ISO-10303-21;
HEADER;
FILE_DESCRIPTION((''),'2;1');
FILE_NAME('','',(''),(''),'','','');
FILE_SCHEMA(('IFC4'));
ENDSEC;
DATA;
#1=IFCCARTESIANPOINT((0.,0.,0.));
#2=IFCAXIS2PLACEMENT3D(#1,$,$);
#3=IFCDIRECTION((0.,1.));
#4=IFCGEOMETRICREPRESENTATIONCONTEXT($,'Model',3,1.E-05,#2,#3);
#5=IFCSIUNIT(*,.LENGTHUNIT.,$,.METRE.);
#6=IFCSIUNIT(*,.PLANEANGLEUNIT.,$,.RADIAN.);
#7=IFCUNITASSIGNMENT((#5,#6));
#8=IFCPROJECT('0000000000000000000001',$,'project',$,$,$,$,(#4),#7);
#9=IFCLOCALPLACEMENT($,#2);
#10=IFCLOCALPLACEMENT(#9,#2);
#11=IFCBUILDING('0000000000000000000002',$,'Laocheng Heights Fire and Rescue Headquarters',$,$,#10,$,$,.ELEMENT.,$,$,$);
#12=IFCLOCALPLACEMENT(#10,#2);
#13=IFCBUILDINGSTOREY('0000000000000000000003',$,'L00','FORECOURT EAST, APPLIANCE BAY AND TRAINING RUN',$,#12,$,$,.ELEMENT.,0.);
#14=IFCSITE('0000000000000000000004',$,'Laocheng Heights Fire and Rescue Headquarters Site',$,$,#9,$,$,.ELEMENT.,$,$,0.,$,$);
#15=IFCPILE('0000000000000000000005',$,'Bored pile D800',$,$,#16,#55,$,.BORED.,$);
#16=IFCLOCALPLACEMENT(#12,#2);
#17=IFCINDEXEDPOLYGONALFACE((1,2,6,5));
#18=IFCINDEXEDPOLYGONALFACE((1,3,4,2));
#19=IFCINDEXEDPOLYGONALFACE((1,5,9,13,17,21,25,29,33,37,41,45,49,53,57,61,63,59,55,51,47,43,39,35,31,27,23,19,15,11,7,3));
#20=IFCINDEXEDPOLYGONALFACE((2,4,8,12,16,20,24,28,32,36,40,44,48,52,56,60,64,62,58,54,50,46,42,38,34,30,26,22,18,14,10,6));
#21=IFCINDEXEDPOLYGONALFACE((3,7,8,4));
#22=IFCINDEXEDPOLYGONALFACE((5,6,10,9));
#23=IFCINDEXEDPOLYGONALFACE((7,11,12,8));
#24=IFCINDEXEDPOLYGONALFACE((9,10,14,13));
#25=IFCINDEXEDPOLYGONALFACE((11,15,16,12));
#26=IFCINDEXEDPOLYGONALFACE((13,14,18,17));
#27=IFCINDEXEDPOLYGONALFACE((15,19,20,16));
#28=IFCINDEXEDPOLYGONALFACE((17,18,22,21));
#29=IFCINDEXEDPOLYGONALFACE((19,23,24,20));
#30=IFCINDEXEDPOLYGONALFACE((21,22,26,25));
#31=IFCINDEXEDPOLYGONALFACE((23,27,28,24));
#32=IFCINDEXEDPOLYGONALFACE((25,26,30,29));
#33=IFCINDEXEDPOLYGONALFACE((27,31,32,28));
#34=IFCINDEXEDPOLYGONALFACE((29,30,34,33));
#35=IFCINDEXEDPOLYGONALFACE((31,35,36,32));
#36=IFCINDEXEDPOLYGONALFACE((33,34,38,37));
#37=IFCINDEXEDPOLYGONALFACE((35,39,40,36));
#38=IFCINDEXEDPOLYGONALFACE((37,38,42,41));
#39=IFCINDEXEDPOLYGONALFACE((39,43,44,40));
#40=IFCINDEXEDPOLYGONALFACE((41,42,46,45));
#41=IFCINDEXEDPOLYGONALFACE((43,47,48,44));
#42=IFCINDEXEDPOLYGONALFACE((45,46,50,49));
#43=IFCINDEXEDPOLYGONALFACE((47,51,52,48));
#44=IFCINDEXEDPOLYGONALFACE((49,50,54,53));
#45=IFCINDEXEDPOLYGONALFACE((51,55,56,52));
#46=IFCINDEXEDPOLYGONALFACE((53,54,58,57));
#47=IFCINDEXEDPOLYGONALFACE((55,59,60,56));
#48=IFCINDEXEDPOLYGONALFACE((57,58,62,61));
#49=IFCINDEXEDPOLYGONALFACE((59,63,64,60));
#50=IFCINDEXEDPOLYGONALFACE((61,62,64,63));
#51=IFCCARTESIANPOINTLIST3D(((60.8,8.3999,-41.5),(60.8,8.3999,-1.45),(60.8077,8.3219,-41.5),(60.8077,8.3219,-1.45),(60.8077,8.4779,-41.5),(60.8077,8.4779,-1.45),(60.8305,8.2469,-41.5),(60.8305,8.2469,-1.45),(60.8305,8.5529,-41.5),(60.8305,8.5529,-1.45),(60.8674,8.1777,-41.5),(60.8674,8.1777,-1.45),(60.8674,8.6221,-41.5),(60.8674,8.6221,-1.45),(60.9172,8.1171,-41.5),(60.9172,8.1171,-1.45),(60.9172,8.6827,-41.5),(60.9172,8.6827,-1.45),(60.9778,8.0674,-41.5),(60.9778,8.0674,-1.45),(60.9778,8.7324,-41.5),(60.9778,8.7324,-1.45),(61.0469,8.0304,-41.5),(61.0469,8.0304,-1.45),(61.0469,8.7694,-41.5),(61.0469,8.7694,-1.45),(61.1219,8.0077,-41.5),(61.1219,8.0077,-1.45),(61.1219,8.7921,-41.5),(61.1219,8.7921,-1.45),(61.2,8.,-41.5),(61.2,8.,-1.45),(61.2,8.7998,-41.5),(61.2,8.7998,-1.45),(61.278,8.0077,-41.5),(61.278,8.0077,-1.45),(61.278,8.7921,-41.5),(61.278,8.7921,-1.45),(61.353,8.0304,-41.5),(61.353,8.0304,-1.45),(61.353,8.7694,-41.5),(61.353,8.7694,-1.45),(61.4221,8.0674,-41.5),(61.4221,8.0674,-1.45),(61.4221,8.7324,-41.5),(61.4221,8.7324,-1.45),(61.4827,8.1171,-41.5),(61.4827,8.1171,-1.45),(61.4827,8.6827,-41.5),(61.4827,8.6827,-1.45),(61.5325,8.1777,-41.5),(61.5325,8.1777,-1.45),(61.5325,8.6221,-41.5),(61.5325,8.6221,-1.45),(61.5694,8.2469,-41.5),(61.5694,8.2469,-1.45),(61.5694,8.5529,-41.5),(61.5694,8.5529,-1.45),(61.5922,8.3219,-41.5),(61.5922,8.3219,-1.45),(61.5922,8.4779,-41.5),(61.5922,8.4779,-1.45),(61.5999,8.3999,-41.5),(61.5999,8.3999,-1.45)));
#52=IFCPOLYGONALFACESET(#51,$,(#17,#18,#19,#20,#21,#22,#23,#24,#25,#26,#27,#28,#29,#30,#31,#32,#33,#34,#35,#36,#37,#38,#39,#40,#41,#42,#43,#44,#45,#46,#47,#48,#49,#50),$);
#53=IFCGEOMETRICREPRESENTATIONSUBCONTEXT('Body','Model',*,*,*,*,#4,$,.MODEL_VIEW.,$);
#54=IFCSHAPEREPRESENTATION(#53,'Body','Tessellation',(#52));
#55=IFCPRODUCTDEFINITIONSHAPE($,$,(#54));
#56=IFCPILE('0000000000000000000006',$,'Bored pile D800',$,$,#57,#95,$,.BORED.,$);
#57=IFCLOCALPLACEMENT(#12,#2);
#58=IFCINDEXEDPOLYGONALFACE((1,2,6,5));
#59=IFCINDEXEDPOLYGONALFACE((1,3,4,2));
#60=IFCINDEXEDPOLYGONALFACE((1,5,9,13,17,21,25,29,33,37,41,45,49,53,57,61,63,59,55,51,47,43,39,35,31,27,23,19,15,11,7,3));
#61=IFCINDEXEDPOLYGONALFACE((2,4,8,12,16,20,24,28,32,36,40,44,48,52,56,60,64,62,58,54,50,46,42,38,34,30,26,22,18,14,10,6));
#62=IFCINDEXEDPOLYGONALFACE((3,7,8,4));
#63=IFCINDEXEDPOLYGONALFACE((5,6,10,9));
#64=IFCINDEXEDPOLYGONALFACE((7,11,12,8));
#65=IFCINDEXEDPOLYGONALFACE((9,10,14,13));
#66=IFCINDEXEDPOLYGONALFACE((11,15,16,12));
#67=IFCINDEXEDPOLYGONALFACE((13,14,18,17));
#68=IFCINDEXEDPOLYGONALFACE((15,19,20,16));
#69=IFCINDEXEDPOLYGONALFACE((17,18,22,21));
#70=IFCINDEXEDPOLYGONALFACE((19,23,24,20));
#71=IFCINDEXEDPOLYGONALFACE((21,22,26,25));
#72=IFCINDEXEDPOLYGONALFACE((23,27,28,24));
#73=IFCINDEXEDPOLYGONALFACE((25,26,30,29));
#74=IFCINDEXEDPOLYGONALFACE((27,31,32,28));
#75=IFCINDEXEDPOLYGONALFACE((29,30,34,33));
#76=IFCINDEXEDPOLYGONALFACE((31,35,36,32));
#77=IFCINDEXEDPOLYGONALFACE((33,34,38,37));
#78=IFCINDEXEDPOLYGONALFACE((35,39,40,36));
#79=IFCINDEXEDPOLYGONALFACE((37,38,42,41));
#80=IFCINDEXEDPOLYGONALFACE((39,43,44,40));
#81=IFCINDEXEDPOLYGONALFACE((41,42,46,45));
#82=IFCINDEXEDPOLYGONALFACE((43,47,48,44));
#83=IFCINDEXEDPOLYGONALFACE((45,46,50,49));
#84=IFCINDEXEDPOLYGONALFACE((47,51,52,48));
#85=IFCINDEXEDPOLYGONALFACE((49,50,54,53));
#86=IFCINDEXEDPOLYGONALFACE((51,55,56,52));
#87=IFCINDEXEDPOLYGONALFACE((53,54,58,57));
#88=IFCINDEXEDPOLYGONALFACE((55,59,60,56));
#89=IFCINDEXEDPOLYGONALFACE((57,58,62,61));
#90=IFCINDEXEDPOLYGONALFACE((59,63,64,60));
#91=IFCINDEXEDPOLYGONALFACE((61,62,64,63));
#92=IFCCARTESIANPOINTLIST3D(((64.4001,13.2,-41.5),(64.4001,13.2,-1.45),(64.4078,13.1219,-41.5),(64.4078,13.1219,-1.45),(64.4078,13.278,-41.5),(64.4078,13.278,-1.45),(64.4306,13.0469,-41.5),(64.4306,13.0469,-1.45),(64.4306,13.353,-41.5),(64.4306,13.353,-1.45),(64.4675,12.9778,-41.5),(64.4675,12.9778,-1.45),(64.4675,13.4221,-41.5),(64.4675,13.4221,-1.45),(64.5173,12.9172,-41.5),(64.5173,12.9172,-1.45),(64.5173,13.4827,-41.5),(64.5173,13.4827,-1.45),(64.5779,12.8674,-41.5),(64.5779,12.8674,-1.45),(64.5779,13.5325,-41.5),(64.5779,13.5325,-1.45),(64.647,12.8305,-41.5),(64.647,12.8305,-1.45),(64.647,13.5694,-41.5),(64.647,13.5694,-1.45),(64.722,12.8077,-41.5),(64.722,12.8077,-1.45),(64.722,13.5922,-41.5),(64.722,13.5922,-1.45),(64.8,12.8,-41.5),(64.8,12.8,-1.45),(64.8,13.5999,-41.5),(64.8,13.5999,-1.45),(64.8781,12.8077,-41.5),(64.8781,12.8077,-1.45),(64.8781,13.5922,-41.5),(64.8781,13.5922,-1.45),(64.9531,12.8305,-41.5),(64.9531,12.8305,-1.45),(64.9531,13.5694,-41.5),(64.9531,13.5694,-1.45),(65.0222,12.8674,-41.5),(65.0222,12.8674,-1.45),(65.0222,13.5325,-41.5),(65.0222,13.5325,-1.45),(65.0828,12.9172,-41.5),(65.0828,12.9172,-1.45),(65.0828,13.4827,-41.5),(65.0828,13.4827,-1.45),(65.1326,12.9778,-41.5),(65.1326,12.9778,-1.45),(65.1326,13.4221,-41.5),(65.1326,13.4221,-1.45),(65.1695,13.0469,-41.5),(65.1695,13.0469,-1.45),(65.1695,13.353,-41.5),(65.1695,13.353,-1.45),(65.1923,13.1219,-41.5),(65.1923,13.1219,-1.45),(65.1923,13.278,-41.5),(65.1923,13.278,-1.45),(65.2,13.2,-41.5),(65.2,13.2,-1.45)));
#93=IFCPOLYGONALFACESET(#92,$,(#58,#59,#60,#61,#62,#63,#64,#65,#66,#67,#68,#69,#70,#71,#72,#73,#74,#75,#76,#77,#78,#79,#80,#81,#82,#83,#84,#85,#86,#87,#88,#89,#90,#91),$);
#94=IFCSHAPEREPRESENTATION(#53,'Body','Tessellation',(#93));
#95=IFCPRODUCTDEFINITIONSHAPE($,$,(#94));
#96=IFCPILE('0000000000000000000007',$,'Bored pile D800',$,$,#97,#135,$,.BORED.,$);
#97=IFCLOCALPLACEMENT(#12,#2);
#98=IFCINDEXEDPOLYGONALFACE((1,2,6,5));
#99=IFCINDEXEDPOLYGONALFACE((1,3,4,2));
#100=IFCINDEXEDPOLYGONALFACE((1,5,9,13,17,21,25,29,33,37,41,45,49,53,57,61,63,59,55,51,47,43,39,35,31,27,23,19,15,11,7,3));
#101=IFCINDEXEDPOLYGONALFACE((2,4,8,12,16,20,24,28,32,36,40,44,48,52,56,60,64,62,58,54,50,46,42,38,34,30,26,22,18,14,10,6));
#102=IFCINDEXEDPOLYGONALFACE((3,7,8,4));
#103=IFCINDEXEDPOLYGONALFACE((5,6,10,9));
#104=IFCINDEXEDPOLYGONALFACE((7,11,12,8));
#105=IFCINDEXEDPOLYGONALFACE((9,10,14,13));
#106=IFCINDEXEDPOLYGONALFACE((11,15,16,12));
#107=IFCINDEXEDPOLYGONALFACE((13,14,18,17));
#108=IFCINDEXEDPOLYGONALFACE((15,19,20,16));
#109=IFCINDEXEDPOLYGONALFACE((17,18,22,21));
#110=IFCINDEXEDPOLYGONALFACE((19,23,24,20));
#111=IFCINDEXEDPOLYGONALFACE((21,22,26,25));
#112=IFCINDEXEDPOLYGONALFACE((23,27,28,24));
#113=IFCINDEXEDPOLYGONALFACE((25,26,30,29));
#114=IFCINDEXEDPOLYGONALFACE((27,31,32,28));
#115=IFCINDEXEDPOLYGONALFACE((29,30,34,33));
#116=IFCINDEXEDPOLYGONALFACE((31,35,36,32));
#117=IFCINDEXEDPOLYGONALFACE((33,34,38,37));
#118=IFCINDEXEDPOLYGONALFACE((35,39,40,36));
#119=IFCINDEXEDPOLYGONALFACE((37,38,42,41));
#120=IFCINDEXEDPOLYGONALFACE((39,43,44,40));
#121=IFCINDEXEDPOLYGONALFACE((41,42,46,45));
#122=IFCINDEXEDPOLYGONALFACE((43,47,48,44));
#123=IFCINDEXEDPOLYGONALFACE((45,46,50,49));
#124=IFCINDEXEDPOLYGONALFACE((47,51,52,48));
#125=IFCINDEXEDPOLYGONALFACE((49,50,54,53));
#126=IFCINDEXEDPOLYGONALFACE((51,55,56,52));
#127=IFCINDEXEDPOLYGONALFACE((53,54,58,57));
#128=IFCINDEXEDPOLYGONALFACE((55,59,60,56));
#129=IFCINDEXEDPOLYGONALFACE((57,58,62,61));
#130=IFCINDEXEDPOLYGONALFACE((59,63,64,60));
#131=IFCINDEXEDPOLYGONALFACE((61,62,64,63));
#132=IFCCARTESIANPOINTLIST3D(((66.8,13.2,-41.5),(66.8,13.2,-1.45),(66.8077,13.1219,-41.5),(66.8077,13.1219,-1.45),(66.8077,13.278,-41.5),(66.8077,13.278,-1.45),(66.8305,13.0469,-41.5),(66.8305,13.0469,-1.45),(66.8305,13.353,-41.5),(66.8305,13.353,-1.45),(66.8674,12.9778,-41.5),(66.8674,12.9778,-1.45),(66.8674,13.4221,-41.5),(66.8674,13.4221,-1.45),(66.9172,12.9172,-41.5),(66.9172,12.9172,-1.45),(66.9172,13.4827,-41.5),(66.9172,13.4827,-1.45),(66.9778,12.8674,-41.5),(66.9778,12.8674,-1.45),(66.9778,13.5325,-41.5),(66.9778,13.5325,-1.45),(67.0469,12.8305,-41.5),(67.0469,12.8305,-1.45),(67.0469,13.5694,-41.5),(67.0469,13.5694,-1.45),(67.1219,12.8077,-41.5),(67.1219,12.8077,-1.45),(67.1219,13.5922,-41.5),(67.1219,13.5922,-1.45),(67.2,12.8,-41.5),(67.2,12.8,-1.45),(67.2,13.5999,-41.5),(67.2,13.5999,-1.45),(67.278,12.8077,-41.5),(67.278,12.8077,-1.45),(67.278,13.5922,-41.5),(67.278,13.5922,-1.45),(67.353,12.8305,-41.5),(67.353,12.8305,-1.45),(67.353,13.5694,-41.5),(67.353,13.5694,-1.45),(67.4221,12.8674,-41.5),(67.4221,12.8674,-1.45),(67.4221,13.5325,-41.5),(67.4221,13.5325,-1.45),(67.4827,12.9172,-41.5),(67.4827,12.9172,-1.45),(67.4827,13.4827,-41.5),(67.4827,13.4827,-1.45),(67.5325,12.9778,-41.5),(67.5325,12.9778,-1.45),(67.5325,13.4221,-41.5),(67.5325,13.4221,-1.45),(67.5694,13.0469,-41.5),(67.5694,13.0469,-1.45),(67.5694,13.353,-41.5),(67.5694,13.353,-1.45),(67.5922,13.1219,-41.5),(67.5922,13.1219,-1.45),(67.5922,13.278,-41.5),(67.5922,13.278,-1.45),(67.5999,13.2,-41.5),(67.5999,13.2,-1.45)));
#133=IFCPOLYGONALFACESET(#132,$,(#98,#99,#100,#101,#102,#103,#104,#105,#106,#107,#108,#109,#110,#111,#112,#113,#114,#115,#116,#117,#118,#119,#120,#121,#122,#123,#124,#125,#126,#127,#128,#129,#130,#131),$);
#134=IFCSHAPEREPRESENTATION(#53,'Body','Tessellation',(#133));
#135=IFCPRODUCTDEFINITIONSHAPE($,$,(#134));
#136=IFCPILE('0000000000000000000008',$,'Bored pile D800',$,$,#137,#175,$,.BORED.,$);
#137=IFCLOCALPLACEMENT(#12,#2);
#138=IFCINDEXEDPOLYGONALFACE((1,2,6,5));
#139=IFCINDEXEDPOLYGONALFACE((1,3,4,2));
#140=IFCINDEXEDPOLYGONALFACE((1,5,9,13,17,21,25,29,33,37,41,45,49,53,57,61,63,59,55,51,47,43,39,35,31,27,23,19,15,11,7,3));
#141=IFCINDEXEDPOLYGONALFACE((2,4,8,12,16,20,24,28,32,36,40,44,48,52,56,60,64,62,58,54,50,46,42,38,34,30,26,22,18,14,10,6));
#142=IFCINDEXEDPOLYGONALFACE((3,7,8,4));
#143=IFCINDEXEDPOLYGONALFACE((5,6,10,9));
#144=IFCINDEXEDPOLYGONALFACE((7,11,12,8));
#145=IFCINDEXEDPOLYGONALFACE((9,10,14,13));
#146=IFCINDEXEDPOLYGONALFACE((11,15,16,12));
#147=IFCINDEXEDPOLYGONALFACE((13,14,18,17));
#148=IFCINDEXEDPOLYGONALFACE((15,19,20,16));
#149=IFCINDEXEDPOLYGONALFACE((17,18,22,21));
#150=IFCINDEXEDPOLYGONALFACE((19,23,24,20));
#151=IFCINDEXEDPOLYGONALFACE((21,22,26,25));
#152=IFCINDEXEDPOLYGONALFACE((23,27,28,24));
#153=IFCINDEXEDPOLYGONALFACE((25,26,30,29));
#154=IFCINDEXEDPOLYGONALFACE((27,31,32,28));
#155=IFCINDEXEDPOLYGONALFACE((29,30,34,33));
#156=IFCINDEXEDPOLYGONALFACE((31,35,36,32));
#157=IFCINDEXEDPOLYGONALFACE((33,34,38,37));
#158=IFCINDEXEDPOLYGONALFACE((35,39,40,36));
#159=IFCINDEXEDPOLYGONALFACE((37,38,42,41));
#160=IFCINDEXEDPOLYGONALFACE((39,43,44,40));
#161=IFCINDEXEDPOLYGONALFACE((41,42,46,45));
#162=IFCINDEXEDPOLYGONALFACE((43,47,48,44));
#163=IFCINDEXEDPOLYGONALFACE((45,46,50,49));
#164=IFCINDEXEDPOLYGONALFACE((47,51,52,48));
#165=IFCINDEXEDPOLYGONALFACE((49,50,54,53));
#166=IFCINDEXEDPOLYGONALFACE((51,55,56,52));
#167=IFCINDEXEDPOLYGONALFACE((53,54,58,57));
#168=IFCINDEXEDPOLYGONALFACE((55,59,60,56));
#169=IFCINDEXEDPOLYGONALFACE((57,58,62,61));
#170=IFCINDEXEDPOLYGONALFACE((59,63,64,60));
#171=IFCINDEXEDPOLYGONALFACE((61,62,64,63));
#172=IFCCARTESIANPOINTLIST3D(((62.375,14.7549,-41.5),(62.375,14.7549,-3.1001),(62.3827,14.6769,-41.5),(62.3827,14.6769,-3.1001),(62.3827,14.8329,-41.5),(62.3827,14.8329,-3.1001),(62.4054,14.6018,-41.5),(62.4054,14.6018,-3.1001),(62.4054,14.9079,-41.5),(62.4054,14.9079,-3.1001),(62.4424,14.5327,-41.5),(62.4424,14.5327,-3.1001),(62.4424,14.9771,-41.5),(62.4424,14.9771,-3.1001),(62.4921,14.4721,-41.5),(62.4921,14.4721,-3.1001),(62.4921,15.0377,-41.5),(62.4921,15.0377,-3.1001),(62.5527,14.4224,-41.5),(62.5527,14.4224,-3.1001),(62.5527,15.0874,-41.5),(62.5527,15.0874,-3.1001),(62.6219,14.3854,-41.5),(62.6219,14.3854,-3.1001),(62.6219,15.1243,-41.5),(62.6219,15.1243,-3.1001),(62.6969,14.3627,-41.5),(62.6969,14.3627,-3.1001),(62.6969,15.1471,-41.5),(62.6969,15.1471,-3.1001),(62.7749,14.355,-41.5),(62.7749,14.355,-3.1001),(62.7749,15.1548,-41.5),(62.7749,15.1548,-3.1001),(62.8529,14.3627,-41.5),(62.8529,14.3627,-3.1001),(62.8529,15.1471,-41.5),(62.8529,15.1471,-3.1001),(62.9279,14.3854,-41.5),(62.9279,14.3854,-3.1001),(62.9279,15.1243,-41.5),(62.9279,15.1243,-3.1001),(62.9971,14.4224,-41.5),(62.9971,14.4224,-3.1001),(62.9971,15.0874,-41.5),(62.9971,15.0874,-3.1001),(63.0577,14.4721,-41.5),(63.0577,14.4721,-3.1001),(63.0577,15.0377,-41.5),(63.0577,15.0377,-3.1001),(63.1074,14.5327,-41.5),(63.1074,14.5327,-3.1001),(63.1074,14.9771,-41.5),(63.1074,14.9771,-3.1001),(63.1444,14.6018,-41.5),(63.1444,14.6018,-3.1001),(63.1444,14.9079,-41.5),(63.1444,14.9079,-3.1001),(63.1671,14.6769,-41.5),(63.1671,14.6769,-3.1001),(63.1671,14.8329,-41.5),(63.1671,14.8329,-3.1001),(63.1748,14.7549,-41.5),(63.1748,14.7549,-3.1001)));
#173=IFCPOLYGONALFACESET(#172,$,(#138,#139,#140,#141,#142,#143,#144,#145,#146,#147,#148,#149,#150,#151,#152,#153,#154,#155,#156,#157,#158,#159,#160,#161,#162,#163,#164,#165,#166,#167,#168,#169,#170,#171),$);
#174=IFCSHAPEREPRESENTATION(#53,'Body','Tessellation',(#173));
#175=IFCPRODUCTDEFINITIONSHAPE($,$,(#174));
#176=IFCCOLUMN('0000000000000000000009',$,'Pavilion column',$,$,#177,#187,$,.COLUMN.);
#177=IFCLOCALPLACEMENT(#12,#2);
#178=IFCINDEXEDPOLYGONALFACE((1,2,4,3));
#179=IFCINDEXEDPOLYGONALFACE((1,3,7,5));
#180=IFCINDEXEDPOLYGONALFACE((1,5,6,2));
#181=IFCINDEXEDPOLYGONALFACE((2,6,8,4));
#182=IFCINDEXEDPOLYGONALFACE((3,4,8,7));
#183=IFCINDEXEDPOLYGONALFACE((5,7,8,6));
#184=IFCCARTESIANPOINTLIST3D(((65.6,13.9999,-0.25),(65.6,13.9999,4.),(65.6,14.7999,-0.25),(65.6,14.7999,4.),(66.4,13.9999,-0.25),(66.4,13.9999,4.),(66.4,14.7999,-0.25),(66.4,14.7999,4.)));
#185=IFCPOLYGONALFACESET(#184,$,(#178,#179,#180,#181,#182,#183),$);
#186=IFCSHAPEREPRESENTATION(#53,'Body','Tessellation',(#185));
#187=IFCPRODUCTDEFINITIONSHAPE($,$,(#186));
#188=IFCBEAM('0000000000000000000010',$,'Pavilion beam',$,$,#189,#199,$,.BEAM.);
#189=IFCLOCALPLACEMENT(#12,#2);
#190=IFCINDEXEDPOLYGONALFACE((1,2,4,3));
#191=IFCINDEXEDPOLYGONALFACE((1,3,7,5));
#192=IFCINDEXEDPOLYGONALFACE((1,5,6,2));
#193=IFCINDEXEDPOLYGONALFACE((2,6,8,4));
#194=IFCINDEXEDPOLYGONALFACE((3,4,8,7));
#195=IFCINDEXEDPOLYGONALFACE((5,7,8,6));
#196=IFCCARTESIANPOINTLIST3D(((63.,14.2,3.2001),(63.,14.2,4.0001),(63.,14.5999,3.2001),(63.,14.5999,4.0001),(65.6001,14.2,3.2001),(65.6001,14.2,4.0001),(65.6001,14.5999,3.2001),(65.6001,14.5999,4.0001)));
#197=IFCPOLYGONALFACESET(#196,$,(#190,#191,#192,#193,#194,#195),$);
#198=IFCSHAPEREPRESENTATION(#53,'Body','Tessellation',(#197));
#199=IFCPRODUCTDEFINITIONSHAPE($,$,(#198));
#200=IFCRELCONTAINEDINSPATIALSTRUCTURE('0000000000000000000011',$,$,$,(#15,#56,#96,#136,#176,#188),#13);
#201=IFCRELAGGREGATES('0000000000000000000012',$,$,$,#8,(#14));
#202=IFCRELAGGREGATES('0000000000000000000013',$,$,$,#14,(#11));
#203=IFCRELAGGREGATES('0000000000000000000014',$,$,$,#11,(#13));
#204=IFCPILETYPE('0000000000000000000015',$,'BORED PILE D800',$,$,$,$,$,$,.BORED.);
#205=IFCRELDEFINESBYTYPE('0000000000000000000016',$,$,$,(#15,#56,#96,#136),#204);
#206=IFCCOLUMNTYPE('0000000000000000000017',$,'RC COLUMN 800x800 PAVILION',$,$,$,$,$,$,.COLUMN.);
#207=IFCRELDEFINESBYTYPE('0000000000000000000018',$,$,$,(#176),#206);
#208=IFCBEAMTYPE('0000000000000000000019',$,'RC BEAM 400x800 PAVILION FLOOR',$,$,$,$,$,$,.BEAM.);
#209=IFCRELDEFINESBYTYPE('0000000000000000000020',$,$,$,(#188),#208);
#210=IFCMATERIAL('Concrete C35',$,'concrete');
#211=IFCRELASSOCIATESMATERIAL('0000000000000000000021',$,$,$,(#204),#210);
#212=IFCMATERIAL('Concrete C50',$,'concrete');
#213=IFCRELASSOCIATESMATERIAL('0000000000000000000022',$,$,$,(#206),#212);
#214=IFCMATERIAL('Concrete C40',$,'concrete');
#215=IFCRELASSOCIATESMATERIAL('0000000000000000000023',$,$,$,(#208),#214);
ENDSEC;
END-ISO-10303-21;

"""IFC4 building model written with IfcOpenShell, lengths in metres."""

from ifc_helpers import new_model, si_unit, direction, frame, origin, origin_2d, place, context, subcontext, project, spatial, rectangle, circle, extrude, material, material_profile, profile_set, type_object, element, save


model = new_model("IFC4")

# Units and contexts
model_context = context("Model", 3, precision=1e-05, world=origin(), true_north=direction((0.0, 1.0)))
body_context = subcontext(model_context, "Body", "Model", "MODEL_VIEW")
ifc_project = project(units=[si_unit("LENGTHUNIT", "METRE"), si_unit("PLANEANGLEUNIT", "RADIAN")], contexts=[model_context])

# Site, building, storey
site_placement = place(None, origin())
site = spatial("IfcSite", under=ifc_project, at=site_placement, Name="Laocheng Heights Fire and Rescue Headquarters Site", CompositionType="ELEMENT", RefElevation=0.0)
building_placement = place(site_placement, origin())
building = spatial("IfcBuilding", under=site, at=building_placement, Name="Laocheng Heights Fire and Rescue Headquarters", CompositionType="ELEMENT")
storey_placement = place(building_placement, origin())
storey = spatial("IfcBuildingStorey", under=building, at=storey_placement, Name="L00", Description="FORECOURT EAST, APPLIANCE BAY AND TRAINING RUN", CompositionType="ELEMENT", Elevation=0.0)

# Piles
ifc_material_1 = material(Name="Concrete C35", Category="concrete")
ifc_material_profile_1 = material_profile(ifc_material_1, circle(Radius=0.3999, at=origin_2d()), Name="BORED PILE D800")
ifc_profile_set_1 = profile_set([ifc_material_profile_1], Name="Concrete C35")
pile_type = type_object("IfcPileType", Name="BORED PILE D800", PredefinedType="BORED", material=ifc_profile_set_1)
for number, where, z_axis, x_axis, name in (
    (1, (61.2, 8.3999, -1.45), (0.0, 0.0, -1.0), (1.0, 0.0, 0.0), "Bored pile D800"),
    (2, (64.8, 13.2, -1.45), (0.0, 0.0, -1.0), (1.0, 0.0, 0.0), "Bored pile D800"),
    (3, (67.2, 13.2, -1.45), (0.0, 0.0, -1.0), (1.0, 0.0, 0.0), "Bored pile D800"),
):
    element("IfcPile", number, at=place(storey_placement, frame(where, z_axis=z_axis, x_axis=x_axis)), inside=storey, type_object=pile_type, Name=name, PredefinedType="BORED", context=body_context, shape_type="SweptSolid", body=[
        extrude(circle(Radius=0.3999, at=origin_2d()), origin(), (0.0, 0.0, 1.0), 40.05),
    ])
pile_placement = place(storey_placement, frame((62.7749, 14.7549, -3.1001), z_axis=(0.0, 0.0, -1.0), x_axis=(1.0, 0.0, 0.0)))
element("IfcPile", 4, at=pile_placement, inside=storey, type_object=pile_type, Name="Bored pile D800", PredefinedType="BORED", context=body_context, shape_type="SweptSolid", body=[
    extrude(circle(Radius=0.3999, at=origin_2d()), origin(), (0.0, 0.0, 1.0), 38.3999),
])

# Column
ifc_material_2 = material(Name="Concrete C50", Category="concrete")
ifc_material_profile_2 = material_profile(ifc_material_2, rectangle(XDim=0.8, YDim=0.8, at=origin_2d()), Name="RC COLUMN 800x800 PAVILION")
ifc_profile_set_2 = profile_set([ifc_material_profile_2], Name="Concrete C50")
column_type = type_object("IfcColumnType", Name="RC COLUMN 800x800 PAVILION", PredefinedType="COLUMN", material=ifc_profile_set_2)
column_placement = place(storey_placement, frame((66.0, 14.3999, -0.25), z_axis=(0.0, 0.0, 1.0), x_axis=(1.0, 0.0, 0.0)))
element("IfcColumn", 5, at=column_placement, inside=storey, type_object=column_type, Name="Pavilion column", PredefinedType="COLUMN", context=body_context, shape_type="SweptSolid", body=[
    extrude(rectangle(XDim=0.8, YDim=0.8, at=origin_2d()), origin(), (0.0, 0.0, 1.0), 4.25),
])

# Beam
ifc_material_3 = material(Name="Concrete C40", Category="concrete")
ifc_material_profile_3 = material_profile(ifc_material_3, rectangle(XDim=0.3999, YDim=0.8, at=origin_2d()), Name="RC BEAM 400x800 PAVILION FLOOR")
ifc_profile_set_3 = profile_set([ifc_material_profile_3], Name="Concrete C40")
beam_type_1 = type_object("IfcBeamType", Name="RC BEAM 400x800 PAVILION FLOOR", PredefinedType="BEAM", material=ifc_profile_set_3)
beam_1_placement = place(storey_placement, frame((63.0, 14.3999, 3.6001), z_axis=(1.0, 0.0, 0.0), x_axis=(0.0, 1.0, 0.0)))
element("IfcBeam", 6, at=beam_1_placement, inside=storey, type_object=beam_type_1, Name="Pavilion beam", PredefinedType="BEAM", context=body_context, shape_type="SweptSolid", body=[
    extrude(rectangle(XDim=0.3999, YDim=0.8, at=origin_2d()), origin(), (0.0, 0.0, 1.0), 2.6001),
])

save(model, "model.ifc")
